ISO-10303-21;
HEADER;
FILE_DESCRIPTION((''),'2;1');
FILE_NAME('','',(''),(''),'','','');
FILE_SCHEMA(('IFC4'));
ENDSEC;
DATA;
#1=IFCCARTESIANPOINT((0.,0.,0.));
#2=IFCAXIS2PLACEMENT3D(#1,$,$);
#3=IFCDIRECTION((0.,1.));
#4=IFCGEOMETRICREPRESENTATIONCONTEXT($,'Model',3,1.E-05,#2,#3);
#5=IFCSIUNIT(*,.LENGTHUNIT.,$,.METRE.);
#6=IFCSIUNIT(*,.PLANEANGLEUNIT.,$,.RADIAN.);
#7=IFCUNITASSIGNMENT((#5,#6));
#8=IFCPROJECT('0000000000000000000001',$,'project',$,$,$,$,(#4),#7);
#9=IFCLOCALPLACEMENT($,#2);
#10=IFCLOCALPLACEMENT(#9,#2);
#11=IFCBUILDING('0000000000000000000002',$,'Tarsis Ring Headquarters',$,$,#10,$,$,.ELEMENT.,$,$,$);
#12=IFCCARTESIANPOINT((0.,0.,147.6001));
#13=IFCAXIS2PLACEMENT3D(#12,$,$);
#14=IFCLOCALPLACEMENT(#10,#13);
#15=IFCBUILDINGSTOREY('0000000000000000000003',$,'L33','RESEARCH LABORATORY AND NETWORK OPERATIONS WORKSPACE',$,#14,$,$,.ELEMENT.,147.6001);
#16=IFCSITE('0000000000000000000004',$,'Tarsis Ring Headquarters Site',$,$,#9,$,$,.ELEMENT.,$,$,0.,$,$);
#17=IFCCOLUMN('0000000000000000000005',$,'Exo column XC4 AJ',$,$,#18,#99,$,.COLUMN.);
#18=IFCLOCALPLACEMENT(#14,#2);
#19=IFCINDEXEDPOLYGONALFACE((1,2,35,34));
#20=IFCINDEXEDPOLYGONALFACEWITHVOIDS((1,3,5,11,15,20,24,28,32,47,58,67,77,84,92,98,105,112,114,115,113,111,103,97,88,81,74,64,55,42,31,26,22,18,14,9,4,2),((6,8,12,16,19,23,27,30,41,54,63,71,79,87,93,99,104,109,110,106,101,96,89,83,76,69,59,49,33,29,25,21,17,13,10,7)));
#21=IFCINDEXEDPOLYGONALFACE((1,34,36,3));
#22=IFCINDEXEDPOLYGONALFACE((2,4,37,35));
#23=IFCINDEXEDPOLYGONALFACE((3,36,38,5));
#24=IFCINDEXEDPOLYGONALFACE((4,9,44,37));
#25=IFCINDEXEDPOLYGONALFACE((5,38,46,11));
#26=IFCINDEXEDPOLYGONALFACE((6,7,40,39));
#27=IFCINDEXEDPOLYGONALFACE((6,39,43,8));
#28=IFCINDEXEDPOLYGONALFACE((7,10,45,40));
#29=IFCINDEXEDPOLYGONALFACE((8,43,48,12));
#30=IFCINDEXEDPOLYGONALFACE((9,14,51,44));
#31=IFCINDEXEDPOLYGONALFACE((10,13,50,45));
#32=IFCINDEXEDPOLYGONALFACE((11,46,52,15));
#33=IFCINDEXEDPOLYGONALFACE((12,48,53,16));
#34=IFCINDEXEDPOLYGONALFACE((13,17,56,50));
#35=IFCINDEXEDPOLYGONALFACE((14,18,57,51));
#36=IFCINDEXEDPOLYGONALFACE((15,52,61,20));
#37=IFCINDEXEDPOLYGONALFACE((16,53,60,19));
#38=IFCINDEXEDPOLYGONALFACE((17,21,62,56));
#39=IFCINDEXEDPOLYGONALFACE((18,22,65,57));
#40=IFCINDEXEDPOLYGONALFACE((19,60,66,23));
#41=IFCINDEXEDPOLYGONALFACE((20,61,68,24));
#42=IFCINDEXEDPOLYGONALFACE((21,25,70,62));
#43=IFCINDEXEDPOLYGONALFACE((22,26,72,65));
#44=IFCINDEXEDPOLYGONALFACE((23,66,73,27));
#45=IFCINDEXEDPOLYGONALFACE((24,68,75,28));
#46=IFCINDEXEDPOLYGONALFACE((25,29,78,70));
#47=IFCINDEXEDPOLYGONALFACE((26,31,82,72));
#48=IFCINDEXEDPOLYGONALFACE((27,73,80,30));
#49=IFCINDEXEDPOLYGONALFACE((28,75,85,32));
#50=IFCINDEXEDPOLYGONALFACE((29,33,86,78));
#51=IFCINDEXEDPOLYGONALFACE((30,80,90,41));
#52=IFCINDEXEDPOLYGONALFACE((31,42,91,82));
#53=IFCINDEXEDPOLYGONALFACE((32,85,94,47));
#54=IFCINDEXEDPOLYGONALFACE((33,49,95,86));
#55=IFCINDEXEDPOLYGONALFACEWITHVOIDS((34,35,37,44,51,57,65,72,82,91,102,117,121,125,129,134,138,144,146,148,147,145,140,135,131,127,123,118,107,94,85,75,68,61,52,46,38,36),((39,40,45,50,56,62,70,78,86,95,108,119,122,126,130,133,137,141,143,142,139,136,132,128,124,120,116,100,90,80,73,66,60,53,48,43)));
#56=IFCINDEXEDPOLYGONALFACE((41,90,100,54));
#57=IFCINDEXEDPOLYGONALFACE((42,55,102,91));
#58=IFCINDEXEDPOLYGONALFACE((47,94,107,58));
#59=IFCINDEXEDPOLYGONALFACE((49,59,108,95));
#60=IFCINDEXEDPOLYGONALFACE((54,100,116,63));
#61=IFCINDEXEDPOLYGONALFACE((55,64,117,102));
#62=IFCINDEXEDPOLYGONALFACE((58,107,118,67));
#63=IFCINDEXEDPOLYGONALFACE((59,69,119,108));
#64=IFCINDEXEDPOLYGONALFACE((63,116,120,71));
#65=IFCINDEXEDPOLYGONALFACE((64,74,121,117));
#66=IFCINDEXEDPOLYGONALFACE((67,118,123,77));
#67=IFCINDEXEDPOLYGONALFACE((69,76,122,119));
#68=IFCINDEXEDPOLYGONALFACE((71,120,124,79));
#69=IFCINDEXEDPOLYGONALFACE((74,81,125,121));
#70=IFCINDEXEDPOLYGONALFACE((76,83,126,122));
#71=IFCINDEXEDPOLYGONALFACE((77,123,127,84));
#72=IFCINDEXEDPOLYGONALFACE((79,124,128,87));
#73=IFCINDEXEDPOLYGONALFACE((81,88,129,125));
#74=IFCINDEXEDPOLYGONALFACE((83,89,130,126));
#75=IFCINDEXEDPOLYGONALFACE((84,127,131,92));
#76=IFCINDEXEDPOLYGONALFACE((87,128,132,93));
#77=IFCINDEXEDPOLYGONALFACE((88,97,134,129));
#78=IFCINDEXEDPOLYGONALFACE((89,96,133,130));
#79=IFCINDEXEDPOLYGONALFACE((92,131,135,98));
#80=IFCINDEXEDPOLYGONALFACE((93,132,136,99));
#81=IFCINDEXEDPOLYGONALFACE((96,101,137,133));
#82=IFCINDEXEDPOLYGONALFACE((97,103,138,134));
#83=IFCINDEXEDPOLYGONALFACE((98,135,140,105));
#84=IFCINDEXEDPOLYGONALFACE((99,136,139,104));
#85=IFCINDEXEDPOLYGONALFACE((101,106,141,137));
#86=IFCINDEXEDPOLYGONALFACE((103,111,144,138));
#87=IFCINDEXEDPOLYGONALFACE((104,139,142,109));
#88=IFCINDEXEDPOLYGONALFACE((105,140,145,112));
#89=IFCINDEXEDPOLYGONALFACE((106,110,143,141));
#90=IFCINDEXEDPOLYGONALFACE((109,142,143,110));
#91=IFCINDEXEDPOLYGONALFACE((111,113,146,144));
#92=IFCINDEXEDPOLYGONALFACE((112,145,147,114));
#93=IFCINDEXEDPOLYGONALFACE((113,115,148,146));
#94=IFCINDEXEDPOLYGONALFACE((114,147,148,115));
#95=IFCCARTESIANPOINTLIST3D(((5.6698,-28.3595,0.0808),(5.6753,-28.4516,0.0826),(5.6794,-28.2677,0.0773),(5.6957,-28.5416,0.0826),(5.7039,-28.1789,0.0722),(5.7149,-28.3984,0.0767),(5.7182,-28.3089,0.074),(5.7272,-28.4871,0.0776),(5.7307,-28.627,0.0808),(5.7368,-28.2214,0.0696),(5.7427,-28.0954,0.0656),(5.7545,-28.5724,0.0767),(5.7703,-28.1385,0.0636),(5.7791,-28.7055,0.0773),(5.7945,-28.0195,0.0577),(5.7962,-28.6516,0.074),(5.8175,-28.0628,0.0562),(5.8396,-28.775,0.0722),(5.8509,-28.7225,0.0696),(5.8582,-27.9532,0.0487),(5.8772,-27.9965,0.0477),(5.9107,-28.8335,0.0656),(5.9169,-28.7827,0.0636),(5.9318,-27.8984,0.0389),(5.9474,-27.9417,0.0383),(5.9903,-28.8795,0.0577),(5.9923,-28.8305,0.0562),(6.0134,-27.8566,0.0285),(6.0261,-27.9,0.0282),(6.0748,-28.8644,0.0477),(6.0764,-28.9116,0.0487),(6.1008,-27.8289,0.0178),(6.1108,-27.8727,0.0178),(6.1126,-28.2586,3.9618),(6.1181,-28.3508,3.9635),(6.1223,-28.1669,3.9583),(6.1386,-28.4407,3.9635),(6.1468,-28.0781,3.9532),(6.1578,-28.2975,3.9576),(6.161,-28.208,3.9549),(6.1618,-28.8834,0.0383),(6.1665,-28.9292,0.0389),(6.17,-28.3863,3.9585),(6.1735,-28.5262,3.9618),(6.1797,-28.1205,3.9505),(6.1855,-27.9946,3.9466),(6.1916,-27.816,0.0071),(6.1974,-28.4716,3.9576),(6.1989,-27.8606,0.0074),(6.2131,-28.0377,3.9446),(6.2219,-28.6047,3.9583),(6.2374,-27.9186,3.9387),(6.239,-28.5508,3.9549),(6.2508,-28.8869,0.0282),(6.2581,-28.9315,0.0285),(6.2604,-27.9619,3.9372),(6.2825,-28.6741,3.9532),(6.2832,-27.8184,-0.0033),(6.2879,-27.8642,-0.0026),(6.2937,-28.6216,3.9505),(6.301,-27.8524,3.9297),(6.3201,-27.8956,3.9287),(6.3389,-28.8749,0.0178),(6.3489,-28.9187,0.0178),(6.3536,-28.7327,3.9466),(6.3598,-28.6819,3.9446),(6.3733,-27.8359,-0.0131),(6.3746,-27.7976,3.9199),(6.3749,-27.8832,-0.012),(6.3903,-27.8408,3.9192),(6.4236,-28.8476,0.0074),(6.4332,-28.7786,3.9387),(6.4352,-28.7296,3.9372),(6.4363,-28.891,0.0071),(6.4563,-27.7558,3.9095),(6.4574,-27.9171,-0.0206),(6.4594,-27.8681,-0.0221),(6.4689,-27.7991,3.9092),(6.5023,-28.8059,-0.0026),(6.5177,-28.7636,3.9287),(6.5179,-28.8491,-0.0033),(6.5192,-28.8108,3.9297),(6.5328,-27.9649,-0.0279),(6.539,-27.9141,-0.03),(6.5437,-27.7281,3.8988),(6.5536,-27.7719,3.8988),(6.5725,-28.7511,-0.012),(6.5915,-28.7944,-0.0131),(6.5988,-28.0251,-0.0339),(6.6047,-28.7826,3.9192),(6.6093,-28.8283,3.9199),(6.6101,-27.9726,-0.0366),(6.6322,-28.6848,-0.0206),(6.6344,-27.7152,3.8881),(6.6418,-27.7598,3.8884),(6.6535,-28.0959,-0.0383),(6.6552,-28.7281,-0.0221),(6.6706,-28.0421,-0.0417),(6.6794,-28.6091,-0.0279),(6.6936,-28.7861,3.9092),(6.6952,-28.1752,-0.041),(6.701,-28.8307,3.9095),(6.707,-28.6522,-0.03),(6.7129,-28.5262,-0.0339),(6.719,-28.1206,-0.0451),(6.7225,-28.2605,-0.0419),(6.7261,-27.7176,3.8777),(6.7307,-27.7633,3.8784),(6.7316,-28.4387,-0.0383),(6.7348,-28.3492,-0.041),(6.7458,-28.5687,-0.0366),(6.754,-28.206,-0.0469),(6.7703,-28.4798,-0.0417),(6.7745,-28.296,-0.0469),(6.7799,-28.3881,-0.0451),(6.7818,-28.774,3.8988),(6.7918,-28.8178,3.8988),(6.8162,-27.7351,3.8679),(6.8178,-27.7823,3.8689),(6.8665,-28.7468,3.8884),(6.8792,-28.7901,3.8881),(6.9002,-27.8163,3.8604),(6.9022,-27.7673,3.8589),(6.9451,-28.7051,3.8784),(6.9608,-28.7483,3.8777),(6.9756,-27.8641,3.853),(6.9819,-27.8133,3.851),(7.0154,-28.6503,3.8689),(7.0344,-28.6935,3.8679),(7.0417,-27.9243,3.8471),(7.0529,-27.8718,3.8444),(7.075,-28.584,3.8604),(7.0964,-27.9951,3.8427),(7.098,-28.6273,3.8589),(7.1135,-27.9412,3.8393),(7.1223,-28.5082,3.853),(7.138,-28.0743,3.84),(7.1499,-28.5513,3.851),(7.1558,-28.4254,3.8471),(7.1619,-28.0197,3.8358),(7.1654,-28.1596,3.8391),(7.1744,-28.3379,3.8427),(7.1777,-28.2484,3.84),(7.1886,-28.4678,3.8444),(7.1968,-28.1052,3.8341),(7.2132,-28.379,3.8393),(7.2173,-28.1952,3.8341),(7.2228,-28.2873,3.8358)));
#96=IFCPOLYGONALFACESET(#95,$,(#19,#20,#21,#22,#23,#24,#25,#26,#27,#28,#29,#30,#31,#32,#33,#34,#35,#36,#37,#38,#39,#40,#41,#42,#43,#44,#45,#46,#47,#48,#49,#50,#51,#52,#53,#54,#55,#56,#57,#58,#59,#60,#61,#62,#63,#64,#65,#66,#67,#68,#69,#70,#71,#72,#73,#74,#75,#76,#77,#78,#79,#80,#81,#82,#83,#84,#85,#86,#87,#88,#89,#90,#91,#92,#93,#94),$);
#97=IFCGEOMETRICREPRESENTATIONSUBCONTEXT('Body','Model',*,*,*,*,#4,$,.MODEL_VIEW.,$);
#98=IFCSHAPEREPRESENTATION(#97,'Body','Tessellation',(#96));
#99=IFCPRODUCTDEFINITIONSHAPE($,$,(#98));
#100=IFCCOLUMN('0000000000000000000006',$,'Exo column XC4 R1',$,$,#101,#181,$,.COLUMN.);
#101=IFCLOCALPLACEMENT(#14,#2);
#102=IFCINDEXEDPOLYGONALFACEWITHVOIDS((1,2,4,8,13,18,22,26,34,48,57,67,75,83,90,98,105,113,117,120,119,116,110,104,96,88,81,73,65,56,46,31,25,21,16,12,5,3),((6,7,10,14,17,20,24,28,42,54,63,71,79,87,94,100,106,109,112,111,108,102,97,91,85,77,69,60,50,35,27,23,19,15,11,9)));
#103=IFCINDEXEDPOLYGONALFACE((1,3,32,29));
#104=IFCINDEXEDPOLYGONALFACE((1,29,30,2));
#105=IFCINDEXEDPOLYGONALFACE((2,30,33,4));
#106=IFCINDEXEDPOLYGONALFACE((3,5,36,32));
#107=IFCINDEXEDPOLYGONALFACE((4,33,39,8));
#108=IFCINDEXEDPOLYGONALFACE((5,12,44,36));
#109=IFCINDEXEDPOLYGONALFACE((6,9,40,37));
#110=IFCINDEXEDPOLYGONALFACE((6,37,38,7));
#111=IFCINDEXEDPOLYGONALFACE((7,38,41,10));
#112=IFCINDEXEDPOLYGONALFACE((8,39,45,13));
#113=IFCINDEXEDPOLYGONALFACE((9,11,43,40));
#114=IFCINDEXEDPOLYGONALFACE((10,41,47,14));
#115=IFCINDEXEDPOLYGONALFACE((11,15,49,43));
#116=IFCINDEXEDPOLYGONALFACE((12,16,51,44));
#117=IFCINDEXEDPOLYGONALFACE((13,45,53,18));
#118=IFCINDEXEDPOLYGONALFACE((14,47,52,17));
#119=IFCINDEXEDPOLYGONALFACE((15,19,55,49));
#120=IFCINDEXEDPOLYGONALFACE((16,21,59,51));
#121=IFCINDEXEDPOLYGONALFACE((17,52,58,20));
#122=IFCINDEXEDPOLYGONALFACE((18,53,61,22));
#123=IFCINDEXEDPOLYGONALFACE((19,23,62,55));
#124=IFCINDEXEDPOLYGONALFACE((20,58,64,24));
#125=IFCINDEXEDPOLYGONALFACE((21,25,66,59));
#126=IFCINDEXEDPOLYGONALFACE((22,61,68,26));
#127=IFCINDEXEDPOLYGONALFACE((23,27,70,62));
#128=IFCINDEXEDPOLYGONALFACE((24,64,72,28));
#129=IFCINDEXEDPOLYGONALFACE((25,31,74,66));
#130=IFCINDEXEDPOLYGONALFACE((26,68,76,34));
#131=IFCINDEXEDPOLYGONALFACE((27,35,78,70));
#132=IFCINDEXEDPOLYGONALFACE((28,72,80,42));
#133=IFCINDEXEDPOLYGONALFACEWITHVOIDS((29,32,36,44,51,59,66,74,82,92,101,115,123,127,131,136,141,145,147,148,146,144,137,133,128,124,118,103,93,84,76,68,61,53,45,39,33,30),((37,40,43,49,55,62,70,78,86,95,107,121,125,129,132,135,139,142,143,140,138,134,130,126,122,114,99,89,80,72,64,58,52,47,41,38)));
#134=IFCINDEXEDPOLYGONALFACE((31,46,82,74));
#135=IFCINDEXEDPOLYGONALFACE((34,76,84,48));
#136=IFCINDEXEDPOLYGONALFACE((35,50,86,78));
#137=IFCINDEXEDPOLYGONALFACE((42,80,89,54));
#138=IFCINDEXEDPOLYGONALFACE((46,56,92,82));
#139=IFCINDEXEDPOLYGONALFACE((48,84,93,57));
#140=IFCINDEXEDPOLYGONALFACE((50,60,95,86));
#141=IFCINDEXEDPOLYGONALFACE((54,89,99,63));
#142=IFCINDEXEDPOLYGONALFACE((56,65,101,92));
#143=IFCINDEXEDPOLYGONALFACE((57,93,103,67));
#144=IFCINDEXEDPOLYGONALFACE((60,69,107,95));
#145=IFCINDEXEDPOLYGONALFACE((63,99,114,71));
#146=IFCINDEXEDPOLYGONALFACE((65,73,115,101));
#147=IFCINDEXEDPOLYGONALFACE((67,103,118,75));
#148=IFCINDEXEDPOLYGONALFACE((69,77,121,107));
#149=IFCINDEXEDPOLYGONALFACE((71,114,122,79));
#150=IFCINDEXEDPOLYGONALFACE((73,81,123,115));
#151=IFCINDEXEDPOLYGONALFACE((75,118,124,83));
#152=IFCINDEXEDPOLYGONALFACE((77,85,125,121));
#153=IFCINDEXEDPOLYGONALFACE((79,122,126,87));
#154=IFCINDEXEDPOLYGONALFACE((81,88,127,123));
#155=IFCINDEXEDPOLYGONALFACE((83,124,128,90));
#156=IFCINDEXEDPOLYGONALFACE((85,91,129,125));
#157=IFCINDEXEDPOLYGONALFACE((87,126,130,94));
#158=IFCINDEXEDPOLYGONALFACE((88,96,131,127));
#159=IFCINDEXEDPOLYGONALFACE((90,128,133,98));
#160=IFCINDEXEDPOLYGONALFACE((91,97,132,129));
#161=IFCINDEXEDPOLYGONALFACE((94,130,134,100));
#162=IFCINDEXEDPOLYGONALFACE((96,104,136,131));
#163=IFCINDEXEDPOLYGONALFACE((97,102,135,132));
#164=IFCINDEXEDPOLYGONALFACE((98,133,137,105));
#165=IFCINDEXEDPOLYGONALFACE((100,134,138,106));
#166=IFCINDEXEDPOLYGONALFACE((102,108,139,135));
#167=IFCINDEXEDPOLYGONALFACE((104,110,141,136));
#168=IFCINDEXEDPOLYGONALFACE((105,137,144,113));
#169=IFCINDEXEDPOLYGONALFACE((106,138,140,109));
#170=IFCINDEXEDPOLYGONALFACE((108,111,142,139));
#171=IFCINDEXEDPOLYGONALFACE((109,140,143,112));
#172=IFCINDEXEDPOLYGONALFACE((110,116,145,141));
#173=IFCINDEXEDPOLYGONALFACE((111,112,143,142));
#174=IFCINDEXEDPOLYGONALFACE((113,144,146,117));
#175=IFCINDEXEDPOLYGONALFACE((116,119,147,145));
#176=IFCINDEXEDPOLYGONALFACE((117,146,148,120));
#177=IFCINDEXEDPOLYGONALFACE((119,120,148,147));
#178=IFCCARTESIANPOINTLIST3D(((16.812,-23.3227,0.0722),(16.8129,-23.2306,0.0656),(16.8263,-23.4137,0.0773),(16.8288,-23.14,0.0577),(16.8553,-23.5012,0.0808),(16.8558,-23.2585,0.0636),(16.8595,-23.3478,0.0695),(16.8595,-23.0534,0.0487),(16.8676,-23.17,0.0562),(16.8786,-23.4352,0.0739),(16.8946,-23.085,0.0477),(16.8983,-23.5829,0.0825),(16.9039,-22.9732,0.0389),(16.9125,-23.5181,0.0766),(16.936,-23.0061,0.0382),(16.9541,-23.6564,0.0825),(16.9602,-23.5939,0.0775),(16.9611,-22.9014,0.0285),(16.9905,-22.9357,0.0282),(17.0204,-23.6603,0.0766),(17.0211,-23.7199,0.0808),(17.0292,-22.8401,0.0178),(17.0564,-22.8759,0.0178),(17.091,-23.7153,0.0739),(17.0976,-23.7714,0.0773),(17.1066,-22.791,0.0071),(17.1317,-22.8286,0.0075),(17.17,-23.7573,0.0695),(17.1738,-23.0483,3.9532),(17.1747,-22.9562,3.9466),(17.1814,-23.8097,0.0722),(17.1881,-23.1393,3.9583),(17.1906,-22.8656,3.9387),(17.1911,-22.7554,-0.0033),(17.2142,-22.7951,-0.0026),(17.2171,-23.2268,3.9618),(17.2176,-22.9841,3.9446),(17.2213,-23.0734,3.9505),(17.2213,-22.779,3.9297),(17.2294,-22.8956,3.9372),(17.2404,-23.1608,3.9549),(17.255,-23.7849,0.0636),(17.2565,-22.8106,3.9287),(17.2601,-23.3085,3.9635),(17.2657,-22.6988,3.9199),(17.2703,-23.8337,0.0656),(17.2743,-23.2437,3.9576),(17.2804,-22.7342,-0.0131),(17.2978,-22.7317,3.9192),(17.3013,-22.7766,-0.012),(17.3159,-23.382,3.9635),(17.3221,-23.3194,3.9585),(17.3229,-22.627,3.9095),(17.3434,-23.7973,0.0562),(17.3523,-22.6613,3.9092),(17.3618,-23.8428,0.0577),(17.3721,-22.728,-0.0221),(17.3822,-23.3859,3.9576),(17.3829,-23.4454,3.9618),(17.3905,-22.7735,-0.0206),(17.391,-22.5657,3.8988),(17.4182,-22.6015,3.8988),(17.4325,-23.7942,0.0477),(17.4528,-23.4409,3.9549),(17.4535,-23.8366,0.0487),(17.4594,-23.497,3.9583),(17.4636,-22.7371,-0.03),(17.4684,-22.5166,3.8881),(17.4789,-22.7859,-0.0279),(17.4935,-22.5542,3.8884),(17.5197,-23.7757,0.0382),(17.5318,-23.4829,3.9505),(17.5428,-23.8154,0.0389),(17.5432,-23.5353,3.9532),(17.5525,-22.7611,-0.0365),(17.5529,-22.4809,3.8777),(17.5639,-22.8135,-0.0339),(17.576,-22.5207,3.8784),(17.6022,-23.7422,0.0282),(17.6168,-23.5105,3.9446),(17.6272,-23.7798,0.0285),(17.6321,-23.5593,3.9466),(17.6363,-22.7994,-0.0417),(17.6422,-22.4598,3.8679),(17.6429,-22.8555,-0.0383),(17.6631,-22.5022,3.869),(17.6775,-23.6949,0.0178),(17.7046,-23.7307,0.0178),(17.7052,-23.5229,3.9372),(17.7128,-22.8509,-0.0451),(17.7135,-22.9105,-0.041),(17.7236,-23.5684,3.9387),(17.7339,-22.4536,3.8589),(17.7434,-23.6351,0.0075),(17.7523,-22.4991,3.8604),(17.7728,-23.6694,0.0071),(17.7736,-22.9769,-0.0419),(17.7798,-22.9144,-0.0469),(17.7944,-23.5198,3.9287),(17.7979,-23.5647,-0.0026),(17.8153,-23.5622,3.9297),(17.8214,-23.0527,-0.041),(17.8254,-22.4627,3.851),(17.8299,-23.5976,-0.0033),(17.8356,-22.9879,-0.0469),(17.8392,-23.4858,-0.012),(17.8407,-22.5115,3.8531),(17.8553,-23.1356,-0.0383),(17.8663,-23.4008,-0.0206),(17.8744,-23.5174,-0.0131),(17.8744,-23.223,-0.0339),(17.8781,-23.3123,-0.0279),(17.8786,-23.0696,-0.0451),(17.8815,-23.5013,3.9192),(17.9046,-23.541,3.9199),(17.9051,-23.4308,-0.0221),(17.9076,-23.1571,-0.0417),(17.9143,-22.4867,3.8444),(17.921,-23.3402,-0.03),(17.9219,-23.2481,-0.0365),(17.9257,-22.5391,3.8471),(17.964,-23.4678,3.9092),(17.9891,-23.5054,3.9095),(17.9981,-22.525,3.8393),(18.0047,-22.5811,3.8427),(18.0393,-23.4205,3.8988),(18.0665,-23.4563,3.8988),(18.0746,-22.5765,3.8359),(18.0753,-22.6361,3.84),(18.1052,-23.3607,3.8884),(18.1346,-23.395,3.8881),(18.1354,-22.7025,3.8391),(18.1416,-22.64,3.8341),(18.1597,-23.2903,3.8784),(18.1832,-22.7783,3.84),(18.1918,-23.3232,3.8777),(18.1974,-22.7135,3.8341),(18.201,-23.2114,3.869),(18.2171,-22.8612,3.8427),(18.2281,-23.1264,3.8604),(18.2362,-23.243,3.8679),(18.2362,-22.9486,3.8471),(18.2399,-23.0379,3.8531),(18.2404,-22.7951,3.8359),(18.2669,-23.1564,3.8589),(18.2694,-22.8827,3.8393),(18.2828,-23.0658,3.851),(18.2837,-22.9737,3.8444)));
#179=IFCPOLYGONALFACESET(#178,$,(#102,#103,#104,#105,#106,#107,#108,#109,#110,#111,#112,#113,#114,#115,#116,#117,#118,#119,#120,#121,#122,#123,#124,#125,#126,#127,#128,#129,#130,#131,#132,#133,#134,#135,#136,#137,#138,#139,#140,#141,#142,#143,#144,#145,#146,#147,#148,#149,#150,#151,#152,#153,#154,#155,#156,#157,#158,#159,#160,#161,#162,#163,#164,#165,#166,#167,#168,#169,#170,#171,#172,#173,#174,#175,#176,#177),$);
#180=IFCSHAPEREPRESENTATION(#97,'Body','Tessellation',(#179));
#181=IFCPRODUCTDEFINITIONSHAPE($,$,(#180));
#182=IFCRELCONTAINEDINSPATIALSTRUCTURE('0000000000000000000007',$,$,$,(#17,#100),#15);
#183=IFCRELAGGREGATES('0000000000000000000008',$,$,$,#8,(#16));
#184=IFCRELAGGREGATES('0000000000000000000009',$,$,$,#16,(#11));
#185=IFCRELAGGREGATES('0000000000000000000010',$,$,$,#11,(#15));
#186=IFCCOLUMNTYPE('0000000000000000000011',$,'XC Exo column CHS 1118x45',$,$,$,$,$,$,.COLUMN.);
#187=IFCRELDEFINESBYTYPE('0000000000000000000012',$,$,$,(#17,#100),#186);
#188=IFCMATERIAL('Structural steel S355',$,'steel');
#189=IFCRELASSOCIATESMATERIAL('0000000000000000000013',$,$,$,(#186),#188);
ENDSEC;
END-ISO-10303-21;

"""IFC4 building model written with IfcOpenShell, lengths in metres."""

from ifc_helpers import new_model, si_unit, direction, frame, origin, origin_2d, place, context, subcontext, project, spatial, hollow_circle, extrude, material, material_profile, profile_set, type_object, element, save


model = new_model("IFC4")

# Units and contexts
model_context = context("Model", 3, precision=1e-05, world=origin(), true_north=direction((0.0, 1.0)))
body_context = subcontext(model_context, "Body", "Model", "MODEL_VIEW")
ifc_project = project(units=[si_unit("LENGTHUNIT", "METRE"), si_unit("PLANEANGLEUNIT", "RADIAN")], contexts=[model_context])

# Site, building, storey
site_placement = place(None, origin())
site = spatial("IfcSite", under=ifc_project, at=site_placement, Name="Tarsis Ring Headquarters Site", CompositionType="ELEMENT", RefElevation=0.0)
building_placement = place(site_placement, origin())
building = spatial("IfcBuilding", under=site, at=building_placement, Name="Tarsis Ring Headquarters", CompositionType="ELEMENT")
storey_placement = place(building_placement, frame((0.0, 0.0, 147.6001)))
storey = spatial("IfcBuildingStorey", under=building, at=storey_placement, Name="L33", Description="RESEARCH LABORATORY AND NETWORK OPERATIONS WORKSPACE", CompositionType="ELEMENT", Elevation=147.6001)

# Columns
ifc_material_1 = material(Name="Structural steel S355", Category="steel")
ifc_material_profile_1 = material_profile(ifc_material_1, hollow_circle(Radius=0.5588, WallThickness=0.0449, at=origin_2d()), Name="CHS 1118x45")
ifc_profile_set_1 = profile_set([ifc_material_profile_1], Name="Structural steel S355")
column_type = type_object("IfcColumnType", Name="XC Exo column CHS 1118x45", PredefinedType="COLUMN", material=ifc_profile_set_1)
for number, where, z_axis, x_axis, name in (
    (1, (6.2249, -28.3738, 0.0178), (0.113336, 0.025804, 0.993222), (-0.221993, 0.975048, 0.0), "Exo column XC4 AJ"),
    (2, (17.3669, -23.2854, 0.0178), (0.092593, 0.070226, 0.993224), (-0.604292, 0.796763, 0.0), "Exo column XC4 R1"),
):
    element("IfcColumn", number, at=place(storey_placement, frame(where, z_axis=z_axis, x_axis=x_axis)), inside=storey, type_object=column_type, Name=name, PredefinedType="COLUMN", context=body_context, shape_type="SweptSolid", body=[
        extrude(hollow_circle(Radius=0.5588, WallThickness=0.0449, at=origin_2d()), origin(), (0.0, 0.0, 1.0), 3.9075),
    ])

save(model, "model.ifc")
